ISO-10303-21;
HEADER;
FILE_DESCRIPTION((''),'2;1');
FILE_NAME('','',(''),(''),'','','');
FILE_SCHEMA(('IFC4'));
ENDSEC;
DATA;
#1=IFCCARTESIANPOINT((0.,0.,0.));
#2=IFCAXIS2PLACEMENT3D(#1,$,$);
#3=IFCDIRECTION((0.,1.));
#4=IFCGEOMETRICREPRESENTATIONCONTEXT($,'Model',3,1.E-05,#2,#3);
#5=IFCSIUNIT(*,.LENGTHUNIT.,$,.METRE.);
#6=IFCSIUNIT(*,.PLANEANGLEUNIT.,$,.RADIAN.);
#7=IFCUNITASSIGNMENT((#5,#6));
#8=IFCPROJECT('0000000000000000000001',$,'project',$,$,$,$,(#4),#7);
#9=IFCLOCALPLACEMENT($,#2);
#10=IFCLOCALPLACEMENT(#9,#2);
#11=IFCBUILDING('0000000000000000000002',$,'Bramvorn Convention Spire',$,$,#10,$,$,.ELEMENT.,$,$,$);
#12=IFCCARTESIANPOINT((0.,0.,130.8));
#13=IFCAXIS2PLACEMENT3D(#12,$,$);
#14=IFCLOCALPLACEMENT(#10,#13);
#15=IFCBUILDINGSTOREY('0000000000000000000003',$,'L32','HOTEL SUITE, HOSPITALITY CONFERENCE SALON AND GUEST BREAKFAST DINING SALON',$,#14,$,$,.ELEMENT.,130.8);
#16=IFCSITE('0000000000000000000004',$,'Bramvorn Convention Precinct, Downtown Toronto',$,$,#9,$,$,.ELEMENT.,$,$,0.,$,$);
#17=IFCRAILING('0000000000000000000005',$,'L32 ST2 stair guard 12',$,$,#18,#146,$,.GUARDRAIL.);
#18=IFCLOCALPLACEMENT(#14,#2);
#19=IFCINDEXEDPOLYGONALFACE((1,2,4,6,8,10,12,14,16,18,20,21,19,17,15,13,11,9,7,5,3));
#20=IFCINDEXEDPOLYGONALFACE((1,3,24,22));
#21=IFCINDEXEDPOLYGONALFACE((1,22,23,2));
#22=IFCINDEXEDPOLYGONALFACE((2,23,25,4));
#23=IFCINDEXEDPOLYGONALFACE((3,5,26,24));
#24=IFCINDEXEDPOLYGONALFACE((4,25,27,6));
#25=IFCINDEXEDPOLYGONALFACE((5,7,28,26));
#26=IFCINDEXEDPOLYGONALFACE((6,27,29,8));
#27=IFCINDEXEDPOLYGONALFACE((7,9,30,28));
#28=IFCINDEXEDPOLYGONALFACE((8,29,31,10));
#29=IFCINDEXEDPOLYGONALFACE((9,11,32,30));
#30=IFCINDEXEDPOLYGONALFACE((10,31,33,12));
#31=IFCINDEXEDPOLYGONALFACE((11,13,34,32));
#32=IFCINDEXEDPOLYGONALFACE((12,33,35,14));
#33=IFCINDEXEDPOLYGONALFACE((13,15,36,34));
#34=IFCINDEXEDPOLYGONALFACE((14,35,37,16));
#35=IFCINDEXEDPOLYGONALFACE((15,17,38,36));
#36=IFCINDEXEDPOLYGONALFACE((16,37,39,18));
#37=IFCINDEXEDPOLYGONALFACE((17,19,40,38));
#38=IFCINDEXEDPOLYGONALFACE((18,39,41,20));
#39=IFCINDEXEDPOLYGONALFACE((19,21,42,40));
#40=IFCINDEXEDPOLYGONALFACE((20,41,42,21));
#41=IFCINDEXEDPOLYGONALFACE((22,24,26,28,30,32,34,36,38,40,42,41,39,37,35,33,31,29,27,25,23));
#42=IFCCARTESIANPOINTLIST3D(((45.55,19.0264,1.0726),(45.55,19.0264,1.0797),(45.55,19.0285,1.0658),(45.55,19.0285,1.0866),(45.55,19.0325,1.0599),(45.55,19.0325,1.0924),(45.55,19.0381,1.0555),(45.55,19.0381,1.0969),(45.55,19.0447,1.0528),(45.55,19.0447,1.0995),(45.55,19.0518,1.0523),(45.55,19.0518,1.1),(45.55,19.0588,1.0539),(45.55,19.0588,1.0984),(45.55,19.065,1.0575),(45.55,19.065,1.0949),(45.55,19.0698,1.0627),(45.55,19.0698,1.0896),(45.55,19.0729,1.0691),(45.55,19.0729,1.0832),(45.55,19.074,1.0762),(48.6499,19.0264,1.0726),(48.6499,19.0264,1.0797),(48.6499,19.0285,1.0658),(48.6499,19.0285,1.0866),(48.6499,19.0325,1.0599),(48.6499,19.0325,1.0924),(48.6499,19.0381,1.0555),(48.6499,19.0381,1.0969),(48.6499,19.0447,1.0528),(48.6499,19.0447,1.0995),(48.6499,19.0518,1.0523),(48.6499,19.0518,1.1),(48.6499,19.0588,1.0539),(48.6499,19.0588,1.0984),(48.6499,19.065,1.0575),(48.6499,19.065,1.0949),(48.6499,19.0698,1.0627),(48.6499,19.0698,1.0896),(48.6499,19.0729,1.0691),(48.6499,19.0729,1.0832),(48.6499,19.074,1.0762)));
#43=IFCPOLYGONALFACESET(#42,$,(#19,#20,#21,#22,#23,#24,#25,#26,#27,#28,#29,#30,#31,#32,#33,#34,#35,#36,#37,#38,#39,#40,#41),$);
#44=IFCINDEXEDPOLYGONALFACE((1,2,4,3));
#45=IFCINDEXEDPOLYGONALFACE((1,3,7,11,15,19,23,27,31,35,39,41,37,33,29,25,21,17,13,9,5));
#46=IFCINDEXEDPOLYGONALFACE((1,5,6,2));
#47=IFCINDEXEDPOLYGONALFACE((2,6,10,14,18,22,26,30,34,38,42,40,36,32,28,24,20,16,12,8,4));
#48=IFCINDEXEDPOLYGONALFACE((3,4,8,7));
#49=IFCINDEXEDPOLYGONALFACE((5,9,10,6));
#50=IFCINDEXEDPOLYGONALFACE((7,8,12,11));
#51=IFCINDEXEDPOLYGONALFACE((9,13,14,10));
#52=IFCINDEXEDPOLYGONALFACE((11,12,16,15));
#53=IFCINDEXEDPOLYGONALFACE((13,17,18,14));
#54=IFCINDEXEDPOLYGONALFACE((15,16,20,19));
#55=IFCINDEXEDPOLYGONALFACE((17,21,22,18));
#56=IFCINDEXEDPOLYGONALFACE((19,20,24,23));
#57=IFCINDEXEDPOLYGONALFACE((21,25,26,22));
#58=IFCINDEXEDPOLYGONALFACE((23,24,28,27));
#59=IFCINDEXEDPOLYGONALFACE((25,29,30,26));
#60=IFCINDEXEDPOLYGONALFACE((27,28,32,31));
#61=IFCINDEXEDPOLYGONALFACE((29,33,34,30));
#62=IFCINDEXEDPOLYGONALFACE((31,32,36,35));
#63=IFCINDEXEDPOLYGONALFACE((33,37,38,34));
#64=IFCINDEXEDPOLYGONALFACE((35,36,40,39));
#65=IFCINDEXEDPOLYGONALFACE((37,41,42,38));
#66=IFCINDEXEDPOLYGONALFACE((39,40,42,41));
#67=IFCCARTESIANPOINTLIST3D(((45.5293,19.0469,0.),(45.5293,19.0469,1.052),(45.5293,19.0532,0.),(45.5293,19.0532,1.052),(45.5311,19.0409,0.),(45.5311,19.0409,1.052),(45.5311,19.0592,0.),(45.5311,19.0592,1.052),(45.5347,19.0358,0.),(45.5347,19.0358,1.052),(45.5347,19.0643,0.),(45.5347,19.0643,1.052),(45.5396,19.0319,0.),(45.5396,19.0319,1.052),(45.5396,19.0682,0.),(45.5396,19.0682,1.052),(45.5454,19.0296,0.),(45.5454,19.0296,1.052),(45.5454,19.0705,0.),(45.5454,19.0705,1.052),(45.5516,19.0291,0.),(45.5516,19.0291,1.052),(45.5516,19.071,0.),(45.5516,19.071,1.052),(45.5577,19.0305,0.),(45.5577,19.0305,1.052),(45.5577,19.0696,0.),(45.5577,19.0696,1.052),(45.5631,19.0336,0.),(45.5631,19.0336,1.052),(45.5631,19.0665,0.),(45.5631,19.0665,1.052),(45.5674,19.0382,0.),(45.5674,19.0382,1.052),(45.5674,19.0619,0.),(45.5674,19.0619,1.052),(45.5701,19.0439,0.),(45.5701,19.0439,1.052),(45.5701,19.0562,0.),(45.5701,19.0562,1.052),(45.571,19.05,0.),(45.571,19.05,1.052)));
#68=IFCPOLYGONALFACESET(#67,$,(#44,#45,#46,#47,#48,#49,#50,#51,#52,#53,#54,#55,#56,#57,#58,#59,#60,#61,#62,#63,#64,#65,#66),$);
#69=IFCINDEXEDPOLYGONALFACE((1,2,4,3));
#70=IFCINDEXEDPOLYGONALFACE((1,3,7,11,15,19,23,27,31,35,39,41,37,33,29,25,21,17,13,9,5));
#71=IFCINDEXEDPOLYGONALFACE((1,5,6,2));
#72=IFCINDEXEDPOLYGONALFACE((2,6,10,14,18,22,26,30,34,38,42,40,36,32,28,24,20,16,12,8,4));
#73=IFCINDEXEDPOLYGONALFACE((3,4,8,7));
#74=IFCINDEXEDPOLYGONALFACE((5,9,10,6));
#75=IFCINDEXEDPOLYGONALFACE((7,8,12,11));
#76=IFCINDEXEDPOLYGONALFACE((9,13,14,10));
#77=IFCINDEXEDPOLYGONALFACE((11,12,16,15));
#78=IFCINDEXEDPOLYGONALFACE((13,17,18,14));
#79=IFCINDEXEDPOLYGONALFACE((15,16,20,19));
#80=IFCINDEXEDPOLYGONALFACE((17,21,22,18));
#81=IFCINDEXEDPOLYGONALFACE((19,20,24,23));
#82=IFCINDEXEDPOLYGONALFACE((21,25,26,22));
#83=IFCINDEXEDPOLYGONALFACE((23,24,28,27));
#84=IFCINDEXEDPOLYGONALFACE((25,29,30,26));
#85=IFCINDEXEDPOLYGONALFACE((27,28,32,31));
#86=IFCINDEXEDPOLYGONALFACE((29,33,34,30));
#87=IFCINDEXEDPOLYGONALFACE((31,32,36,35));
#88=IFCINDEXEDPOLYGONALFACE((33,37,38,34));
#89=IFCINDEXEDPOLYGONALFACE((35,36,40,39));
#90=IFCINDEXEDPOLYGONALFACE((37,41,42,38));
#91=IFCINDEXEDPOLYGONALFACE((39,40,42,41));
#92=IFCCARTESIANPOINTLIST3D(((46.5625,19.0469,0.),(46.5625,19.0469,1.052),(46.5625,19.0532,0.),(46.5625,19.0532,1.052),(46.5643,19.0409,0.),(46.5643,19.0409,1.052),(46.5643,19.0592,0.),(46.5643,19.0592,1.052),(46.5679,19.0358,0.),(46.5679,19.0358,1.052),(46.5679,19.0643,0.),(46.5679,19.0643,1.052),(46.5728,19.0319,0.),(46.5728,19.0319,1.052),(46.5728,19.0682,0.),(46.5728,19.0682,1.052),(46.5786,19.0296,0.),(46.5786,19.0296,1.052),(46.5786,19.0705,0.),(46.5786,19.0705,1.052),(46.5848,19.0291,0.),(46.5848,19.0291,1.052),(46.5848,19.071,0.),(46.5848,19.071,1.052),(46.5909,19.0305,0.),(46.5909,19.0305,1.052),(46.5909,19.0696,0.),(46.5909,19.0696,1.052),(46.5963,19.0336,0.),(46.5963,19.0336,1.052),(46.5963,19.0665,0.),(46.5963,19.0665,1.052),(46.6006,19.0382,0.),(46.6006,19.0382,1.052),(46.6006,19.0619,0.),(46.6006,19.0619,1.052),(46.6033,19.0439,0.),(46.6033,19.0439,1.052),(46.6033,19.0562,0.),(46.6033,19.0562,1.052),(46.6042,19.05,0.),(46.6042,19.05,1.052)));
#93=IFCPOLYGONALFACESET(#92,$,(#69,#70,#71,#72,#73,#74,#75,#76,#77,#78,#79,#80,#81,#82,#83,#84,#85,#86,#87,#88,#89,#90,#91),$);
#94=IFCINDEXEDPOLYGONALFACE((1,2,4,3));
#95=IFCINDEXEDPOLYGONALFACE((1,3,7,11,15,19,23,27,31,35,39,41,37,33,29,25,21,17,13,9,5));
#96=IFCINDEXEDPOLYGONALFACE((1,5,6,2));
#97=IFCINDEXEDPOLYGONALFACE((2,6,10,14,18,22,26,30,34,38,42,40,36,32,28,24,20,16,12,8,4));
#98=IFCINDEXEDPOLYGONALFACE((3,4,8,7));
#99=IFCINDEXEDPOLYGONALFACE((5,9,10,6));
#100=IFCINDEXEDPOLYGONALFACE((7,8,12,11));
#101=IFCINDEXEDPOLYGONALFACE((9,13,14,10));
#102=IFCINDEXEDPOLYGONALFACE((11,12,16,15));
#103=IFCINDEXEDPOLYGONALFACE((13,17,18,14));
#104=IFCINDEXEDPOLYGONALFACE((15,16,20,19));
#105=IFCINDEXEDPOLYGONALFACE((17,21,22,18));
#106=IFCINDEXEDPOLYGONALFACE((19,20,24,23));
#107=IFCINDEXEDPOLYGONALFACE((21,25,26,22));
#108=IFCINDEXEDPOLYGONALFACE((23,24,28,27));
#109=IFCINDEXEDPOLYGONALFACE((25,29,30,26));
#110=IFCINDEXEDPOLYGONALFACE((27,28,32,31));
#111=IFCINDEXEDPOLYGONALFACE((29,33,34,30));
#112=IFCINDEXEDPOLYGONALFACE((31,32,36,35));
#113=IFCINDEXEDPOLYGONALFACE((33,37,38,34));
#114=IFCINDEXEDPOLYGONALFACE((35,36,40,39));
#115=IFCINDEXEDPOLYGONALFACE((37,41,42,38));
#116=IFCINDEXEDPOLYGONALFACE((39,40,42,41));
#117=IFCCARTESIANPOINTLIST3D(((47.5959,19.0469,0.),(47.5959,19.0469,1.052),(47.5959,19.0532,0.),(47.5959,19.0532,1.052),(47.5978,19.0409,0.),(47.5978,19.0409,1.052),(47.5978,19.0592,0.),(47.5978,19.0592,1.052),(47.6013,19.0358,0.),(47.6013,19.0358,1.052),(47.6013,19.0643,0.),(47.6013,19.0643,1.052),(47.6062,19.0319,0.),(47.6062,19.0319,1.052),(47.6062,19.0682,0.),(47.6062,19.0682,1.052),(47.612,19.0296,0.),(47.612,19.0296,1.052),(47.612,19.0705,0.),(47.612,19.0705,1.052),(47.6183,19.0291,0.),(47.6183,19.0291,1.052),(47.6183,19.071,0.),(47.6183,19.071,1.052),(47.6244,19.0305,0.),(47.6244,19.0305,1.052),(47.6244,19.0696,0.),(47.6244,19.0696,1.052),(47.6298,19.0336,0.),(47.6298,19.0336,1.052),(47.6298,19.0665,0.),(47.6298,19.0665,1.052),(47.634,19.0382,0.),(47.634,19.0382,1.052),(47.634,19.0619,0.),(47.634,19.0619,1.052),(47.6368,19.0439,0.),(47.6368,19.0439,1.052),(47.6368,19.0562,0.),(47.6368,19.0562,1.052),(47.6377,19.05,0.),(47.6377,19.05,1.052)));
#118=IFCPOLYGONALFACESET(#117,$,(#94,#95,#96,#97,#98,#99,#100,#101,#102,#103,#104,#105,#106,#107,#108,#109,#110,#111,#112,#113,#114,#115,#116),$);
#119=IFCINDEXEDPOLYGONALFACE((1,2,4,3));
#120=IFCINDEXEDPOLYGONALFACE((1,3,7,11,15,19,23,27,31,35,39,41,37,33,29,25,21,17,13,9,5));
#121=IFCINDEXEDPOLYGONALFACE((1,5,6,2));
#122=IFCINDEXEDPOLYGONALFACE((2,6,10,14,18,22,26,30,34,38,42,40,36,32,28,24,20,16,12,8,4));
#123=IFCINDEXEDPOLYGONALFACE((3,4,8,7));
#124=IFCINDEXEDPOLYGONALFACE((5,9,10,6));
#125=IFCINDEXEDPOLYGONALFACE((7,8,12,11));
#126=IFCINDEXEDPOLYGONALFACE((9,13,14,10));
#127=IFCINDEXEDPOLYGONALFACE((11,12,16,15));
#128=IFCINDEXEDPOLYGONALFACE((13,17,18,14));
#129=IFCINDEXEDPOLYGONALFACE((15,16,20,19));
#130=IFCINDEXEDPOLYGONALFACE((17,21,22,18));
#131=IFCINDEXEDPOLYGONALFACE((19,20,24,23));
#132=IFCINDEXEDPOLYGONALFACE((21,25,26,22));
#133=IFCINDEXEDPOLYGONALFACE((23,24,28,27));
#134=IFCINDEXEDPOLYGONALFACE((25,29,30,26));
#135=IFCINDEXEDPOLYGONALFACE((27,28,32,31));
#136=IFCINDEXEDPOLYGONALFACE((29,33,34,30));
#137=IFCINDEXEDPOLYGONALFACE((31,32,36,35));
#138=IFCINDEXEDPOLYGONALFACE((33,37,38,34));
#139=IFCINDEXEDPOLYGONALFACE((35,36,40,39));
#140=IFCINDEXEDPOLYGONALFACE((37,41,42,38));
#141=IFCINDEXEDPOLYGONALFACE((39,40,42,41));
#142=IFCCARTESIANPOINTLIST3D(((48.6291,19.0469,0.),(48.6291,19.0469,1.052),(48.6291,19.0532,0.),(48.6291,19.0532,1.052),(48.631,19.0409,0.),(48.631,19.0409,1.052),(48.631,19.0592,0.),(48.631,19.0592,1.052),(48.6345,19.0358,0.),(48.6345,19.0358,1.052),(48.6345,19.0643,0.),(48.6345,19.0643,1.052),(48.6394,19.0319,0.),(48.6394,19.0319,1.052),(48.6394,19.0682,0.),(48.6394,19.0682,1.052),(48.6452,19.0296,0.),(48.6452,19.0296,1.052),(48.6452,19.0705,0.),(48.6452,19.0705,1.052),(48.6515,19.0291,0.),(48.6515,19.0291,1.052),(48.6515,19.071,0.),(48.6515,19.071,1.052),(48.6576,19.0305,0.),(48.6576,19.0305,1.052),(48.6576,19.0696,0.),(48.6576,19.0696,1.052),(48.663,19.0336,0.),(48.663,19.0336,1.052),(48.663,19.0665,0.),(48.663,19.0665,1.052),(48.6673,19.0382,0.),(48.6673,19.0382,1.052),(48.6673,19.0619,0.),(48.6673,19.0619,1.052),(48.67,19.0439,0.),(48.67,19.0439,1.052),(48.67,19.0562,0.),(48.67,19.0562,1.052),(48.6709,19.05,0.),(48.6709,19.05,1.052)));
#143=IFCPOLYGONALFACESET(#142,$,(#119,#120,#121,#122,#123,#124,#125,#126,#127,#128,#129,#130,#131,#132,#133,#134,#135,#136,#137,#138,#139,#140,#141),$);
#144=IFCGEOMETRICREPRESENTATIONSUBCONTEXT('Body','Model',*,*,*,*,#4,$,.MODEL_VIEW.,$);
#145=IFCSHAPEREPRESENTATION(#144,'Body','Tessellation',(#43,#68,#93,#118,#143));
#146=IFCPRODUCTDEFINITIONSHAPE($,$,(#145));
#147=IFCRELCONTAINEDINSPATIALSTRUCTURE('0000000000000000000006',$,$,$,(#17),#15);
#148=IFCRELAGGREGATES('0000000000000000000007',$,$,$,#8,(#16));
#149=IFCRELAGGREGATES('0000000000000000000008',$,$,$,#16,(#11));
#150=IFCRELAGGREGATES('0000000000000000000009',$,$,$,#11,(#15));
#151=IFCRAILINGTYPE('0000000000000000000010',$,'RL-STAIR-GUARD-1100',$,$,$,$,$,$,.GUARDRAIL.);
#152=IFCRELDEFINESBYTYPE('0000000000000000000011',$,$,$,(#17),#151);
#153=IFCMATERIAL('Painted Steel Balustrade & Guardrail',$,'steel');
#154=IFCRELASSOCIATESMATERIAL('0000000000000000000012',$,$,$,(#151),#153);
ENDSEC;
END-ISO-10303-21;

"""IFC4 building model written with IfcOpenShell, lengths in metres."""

from ifc_helpers import new_model, si_unit, direction, frame, origin, origin_2d, place, context, subcontext, project, spatial, circle, extrude, material, type_object, element, save


model = new_model("IFC4")

# Units and contexts
model_context = context("Model", 3, precision=1e-05, world=origin(), true_north=direction((0.0, 1.0)))
body_context = subcontext(model_context, "Body", "Model", "MODEL_VIEW")
ifc_project = project(units=[si_unit("LENGTHUNIT", "METRE"), si_unit("PLANEANGLEUNIT", "RADIAN")], contexts=[model_context])

# Site, building, storey
site_placement = place(None, origin())
site = spatial("IfcSite", under=ifc_project, at=site_placement, Name="Bramvorn Convention Precinct, Downtown Toronto", CompositionType="ELEMENT", RefElevation=0.0)
building_placement = place(site_placement, origin())
building = spatial("IfcBuilding", under=site, at=building_placement, Name="Bramvorn Convention Spire", CompositionType="ELEMENT")
storey_placement = place(building_placement, frame((0.0, 0.0, 130.8)))
storey = spatial("IfcBuildingStorey", under=building, at=storey_placement, Name="L32", Description="HOTEL SUITE, HOSPITALITY CONFERENCE SALON AND GUEST BREAKFAST DINING SALON", CompositionType="ELEMENT", Elevation=130.8)

# Railing
ifc_material_1 = material(Name="Painted Steel Balustrade & Guardrail", Category="steel")
railing_type = type_object("IfcRailingType", Name="RL-STAIR-GUARD-1100", PredefinedType="GUARDRAIL", material=ifc_material_1)
railing_1_placement = place(storey_placement, frame((45.55, 19.05, 0.0)))
element("IfcRailing", 1, at=railing_1_placement, inside=storey, type_object=railing_type, Name="L32 ST2 stair guard 12", PredefinedType="GUARDRAIL", context=body_context, shape_type="SweptSolid", body=[
    extrude(circle(Radius=0.0239, at=origin_2d()), frame((0.0, 0.0, 1.0762), z_axis=(1.0, 0.0, 0.0), x_axis=(0.0, 1.0, 0.0)), (0.0, 0.0, 1.0), 3.0999),
    extrude(circle(Radius=0.021, at=origin_2d()), origin(), (0.0, 0.0, 1.0), 1.052),
    extrude(circle(Radius=0.021, at=origin_2d()), frame((1.0332, 0.0, 0.0)), (0.0, 0.0, 1.0), 1.052),
    extrude(circle(Radius=0.021, at=origin_2d()), frame((2.0667, 0.0, 0.0)), (0.0, 0.0, 1.0), 1.052),
    extrude(circle(Radius=0.021, at=origin_2d()), frame((3.0999, 0.0, 0.0)), (0.0, 0.0, 1.0), 1.052),
])

save(model, "model.ifc")
